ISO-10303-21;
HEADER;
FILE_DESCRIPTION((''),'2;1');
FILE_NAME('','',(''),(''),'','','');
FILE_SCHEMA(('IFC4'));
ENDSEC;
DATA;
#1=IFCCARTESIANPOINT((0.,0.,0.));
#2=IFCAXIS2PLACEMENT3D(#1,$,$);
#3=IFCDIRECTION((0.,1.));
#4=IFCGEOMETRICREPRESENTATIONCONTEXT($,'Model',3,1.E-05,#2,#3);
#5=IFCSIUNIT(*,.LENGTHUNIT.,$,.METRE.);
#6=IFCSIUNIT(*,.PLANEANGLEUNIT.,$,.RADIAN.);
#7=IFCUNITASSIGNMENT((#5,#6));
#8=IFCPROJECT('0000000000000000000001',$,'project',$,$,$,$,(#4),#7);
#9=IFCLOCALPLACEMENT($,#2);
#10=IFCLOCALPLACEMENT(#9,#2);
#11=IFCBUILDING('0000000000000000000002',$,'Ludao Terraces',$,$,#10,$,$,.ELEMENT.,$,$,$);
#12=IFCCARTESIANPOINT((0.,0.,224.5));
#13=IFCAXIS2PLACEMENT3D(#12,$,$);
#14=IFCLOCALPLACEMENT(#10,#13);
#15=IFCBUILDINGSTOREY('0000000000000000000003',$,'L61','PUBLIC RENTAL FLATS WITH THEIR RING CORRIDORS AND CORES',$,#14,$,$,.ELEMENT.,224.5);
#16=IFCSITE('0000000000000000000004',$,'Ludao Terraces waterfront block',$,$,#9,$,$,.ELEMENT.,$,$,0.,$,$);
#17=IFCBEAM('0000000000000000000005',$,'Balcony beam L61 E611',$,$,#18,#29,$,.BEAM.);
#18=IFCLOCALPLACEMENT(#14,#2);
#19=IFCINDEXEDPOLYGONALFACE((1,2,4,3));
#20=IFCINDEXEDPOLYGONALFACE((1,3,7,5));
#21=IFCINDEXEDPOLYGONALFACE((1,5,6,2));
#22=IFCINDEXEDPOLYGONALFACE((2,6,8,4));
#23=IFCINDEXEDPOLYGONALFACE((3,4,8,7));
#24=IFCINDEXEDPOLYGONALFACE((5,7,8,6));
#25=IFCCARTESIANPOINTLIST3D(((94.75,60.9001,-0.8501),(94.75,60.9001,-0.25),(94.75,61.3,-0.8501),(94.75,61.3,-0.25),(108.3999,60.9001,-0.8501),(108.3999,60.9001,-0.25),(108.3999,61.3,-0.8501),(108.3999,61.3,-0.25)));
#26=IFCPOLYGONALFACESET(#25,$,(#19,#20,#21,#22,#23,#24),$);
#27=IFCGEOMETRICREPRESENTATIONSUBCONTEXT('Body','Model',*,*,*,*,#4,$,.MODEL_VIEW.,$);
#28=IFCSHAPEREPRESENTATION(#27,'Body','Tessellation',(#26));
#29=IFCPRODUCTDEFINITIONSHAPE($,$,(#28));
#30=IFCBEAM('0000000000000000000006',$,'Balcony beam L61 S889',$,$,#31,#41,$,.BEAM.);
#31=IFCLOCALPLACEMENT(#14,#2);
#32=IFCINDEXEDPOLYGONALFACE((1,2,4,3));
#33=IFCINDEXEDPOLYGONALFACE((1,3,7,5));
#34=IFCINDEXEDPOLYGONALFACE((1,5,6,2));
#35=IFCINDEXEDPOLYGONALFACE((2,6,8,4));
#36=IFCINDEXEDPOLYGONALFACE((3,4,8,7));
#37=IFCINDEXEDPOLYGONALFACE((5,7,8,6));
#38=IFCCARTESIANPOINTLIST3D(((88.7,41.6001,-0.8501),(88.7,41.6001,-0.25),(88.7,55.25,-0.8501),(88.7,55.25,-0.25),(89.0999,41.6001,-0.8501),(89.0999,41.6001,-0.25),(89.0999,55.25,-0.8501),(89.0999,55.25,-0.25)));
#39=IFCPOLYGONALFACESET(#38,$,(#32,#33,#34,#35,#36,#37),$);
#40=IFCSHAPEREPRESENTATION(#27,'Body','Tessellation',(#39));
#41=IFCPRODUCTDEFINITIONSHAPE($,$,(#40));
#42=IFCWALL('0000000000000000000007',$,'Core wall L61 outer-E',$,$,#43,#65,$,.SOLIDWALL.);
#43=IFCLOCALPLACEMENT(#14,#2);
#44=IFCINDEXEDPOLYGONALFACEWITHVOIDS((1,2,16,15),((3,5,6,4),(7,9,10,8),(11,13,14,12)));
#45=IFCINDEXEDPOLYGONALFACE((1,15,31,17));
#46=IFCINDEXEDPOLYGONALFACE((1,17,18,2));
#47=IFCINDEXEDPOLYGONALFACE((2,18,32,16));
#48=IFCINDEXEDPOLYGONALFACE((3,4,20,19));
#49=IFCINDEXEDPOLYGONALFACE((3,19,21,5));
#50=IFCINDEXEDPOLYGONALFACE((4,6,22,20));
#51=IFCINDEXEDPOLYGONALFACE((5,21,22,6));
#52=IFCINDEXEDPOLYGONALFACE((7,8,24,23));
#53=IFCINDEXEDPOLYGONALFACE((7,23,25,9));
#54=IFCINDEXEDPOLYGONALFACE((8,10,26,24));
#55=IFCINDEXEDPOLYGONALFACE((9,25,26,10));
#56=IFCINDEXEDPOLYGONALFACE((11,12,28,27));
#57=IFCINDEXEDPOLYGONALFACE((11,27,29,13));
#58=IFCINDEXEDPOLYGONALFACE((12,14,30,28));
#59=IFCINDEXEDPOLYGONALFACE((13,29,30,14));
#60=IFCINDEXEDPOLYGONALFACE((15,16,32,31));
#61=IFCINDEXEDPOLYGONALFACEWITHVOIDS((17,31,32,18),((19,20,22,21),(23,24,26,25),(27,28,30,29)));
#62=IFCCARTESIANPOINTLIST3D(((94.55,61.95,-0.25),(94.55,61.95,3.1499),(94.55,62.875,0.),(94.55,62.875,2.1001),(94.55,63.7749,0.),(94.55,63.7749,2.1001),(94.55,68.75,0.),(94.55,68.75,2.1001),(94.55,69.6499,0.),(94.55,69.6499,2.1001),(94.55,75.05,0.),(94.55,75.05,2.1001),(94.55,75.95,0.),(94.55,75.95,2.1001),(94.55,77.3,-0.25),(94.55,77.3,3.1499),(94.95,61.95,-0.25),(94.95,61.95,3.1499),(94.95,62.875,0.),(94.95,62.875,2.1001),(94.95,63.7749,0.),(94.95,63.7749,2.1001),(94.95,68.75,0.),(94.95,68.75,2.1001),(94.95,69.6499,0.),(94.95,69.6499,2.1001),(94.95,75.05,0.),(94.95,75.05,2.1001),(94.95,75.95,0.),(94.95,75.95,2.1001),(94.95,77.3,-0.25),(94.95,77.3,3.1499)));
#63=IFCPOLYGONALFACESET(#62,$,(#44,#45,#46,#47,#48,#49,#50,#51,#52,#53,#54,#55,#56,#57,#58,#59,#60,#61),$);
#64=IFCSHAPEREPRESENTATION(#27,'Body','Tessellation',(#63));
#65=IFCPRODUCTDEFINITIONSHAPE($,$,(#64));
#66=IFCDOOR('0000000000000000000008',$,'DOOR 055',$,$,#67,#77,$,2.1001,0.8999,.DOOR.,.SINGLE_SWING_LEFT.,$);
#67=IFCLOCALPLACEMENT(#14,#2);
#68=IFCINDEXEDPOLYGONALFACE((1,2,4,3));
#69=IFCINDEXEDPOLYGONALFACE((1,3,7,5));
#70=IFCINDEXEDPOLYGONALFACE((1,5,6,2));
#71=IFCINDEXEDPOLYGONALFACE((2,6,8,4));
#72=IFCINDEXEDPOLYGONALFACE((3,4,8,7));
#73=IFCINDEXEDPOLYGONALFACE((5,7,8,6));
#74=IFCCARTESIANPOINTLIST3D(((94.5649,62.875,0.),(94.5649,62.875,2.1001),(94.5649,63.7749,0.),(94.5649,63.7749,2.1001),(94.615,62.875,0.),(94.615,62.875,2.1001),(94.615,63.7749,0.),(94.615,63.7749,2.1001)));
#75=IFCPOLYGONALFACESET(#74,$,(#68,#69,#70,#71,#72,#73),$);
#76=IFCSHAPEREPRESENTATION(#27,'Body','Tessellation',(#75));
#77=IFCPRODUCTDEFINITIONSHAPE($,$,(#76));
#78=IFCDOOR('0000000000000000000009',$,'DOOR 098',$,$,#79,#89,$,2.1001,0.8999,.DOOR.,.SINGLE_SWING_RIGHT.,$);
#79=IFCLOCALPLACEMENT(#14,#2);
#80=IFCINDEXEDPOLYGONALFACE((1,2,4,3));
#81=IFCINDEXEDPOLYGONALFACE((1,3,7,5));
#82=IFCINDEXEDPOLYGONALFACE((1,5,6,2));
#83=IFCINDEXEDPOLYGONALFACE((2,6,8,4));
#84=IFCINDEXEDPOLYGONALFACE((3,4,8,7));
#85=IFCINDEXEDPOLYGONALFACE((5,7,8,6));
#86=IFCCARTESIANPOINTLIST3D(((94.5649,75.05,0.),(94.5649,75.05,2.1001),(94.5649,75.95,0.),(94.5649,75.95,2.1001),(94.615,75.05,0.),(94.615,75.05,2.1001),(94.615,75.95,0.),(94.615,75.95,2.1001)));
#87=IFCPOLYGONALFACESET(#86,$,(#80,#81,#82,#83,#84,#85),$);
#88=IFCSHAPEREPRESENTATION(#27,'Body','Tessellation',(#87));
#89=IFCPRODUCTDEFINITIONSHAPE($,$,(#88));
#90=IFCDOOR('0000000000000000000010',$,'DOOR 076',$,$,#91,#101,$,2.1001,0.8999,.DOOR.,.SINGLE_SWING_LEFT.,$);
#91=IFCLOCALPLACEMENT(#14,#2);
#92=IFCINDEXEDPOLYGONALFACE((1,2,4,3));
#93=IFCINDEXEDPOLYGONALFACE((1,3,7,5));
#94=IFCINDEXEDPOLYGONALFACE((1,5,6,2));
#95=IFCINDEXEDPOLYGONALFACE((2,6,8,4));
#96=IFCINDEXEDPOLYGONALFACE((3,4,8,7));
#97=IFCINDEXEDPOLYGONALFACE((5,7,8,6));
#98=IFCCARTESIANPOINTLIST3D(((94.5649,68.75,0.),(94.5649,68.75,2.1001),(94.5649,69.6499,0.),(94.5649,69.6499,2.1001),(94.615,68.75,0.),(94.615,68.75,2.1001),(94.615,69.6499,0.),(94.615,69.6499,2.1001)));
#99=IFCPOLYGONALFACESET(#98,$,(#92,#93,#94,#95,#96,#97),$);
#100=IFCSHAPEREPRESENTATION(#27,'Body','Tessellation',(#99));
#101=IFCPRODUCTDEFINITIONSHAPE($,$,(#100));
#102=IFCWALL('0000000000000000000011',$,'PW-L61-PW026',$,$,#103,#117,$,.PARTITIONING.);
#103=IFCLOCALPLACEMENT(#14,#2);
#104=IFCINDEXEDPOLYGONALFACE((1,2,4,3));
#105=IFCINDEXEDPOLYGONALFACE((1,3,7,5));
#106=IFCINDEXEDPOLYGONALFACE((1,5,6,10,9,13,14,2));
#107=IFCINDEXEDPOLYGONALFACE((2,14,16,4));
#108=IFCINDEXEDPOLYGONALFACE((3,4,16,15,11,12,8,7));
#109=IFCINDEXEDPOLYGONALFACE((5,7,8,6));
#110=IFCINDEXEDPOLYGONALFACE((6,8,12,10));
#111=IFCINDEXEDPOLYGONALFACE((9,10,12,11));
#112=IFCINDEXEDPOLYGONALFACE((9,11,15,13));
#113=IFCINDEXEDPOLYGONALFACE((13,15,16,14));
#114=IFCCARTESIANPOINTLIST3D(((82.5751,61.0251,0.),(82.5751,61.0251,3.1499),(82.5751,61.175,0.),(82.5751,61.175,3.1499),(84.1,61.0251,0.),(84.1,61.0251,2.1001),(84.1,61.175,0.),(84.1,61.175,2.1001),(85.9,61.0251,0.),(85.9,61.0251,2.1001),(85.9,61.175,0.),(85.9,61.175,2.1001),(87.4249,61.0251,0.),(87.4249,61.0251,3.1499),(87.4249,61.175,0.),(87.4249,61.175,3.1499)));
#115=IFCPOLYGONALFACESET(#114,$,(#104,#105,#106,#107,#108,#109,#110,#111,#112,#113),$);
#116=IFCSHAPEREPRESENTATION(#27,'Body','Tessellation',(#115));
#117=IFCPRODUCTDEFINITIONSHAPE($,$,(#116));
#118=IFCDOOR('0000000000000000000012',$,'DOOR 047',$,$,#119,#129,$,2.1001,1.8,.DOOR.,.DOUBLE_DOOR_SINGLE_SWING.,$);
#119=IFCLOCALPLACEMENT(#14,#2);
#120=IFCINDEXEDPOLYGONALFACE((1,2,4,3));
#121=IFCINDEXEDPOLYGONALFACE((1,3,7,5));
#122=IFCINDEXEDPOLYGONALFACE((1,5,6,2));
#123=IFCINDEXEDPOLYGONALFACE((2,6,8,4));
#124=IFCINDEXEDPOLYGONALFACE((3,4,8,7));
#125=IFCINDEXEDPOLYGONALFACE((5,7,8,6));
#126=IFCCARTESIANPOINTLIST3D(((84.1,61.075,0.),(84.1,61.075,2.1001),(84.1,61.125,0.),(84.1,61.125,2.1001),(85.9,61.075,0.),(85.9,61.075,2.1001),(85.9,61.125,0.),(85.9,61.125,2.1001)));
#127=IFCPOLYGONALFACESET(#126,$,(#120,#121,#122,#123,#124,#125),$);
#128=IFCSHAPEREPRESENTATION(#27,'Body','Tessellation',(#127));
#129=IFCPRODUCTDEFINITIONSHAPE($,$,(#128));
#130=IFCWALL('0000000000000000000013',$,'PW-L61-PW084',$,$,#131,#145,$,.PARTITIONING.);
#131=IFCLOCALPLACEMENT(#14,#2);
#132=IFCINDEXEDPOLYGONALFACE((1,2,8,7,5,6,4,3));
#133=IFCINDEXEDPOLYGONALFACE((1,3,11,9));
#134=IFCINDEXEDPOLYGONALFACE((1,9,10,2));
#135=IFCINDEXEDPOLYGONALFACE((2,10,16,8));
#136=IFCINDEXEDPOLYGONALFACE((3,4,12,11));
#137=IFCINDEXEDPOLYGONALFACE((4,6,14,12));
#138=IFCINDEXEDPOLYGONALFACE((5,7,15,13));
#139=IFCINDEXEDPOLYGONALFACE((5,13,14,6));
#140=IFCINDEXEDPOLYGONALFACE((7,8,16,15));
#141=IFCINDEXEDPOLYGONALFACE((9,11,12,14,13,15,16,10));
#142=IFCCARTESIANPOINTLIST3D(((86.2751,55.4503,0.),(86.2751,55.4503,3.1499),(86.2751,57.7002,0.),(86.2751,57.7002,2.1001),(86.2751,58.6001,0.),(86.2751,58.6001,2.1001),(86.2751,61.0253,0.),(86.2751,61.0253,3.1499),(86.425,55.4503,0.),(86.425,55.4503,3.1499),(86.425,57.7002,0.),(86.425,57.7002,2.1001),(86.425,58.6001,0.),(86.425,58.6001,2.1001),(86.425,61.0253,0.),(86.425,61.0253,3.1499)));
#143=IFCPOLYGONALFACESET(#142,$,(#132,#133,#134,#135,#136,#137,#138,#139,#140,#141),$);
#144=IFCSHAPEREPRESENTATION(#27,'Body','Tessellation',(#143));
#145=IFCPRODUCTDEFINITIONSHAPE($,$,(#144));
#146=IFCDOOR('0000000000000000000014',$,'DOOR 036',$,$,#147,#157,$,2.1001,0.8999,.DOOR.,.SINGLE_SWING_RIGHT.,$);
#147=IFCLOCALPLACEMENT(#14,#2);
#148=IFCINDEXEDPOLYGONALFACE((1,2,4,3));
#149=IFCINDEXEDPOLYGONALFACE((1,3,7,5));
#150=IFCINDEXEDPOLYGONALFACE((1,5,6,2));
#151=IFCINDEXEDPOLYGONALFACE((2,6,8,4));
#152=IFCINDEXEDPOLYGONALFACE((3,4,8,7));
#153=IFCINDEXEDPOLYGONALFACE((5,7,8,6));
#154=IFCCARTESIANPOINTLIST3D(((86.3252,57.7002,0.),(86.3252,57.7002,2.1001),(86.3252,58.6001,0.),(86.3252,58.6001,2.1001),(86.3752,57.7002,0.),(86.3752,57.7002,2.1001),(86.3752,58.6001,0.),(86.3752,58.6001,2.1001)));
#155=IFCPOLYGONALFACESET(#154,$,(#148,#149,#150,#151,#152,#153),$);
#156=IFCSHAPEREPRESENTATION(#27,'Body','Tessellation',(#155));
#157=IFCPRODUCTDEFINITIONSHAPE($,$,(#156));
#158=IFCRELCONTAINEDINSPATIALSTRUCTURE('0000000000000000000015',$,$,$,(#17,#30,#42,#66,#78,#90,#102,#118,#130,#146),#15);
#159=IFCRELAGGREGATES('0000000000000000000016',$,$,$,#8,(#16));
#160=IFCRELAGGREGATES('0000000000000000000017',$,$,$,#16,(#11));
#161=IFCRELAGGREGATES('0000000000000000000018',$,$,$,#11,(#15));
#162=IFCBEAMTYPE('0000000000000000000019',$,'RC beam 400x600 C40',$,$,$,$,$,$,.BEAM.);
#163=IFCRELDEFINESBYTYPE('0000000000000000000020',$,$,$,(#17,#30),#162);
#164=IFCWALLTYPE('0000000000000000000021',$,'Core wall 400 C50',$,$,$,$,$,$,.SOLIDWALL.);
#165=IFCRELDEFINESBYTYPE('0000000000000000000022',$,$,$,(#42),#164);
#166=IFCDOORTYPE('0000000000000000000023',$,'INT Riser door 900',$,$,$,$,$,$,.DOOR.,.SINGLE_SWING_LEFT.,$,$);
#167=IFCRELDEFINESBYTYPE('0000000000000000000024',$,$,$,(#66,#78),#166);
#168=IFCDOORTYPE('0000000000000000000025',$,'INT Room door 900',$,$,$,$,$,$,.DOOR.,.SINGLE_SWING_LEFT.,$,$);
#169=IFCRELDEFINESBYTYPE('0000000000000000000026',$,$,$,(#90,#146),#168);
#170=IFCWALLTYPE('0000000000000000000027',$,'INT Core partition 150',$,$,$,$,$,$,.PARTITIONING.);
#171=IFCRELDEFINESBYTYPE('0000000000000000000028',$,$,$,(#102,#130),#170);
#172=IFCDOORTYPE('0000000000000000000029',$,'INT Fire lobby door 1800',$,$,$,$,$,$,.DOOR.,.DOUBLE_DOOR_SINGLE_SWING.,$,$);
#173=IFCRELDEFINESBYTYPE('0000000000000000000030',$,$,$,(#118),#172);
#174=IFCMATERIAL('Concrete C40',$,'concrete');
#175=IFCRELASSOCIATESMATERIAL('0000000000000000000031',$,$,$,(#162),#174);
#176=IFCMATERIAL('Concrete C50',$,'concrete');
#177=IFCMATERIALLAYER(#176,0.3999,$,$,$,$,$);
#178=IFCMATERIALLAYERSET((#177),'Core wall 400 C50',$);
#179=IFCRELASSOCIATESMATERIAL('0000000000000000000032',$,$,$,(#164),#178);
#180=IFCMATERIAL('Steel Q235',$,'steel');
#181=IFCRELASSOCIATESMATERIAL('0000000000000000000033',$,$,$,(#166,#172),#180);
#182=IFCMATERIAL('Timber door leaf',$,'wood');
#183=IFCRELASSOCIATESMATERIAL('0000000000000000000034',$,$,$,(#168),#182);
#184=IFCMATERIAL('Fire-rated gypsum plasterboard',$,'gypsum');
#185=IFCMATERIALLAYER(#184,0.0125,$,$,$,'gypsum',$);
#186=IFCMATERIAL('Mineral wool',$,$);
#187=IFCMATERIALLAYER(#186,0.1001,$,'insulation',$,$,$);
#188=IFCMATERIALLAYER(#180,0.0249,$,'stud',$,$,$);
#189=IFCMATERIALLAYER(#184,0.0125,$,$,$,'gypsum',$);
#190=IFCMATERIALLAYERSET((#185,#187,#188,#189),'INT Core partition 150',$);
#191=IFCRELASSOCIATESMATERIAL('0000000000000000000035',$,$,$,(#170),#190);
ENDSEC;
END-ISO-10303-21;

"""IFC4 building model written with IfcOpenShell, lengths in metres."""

from ifc_helpers import new_model, si_unit, direction, frame, frame_2d, origin, origin_2d, place, context, subcontext, project, spatial, rectangle, extrude, material, layer, layer_set, material_profile, profile_set, type_object, element, fill, save


model = new_model("IFC4")

# Units and contexts
model_context = context("Model", 3, precision=1e-05, world=origin(), true_north=direction((0.0, 1.0)))
body_context = subcontext(model_context, "Body", "Model", "MODEL_VIEW")
ifc_project = project(units=[si_unit("LENGTHUNIT", "METRE"), si_unit("PLANEANGLEUNIT", "RADIAN")], contexts=[model_context])

# Site, building, storey
site_placement = place(None, origin())
site = spatial("IfcSite", under=ifc_project, at=site_placement, Name="Ludao Terraces waterfront block", CompositionType="ELEMENT", RefElevation=0.0)
building_placement = place(site_placement, origin())
building = spatial("IfcBuilding", under=site, at=building_placement, Name="Ludao Terraces", CompositionType="ELEMENT")
storey_placement = place(building_placement, frame((0.0, 0.0, 224.5)))
storey = spatial("IfcBuildingStorey", under=building, at=storey_placement, Name="L61", Description="PUBLIC RENTAL FLATS WITH THEIR RING CORRIDORS AND CORES", CompositionType="ELEMENT", Elevation=224.5)

# Beams
ifc_material_1 = material(Name="Concrete C40", Category="concrete")
ifc_material_profile = material_profile(ifc_material_1, rectangle(XDim=0.3999, YDim=0.6001, at=origin_2d()), Name="400 X 600")
ifc_profile_set = profile_set([ifc_material_profile], Name="Concrete C40")
beam_type = type_object("IfcBeamType", Name="RC beam 400x600 C40", PredefinedType="BEAM", material=ifc_profile_set)
for number, where, z_axis, x_axis, name in (
    (1, (94.75, 61.1001, -0.55), (1.0, 0.0, 0.0), (0.0, 1.0, 0.0), "Balcony beam L61 E611"),
    (2, (88.8999, 55.25, -0.55), (0.0, -1.0, 0.0), (1.0, 0.0, 0.0), "Balcony beam L61 S889"),
):
    element("IfcBeam", number, at=place(storey_placement, frame(where, z_axis=z_axis, x_axis=x_axis)), inside=storey, type_object=beam_type, Name=name, PredefinedType="BEAM", context=body_context, shape_type="SweptSolid", body=[
        extrude(rectangle(XDim=0.3999, YDim=0.6001, at=origin_2d()), origin(), (0.0, 0.0, 1.0), 13.6499),
    ])

# Wall, openings, doors
ifc_material_2 = material(Name="Concrete C50", Category="concrete")
ifc_layer_1 = layer(ifc_material_2, 0.3999)
ifc_layer_set_1 = layer_set([ifc_layer_1], Name="Core wall 400 C50")
wall_type_1 = type_object("IfcWallType", Name="Core wall 400 C50", PredefinedType="SOLIDWALL", material=ifc_layer_set_1)
wall_1_placement = place(storey_placement, frame((94.75, 61.95, -0.25), z_axis=(0.0, 0.0, 1.0), x_axis=(0.0, 1.0, 0.0)))
wall_1 = element("IfcWall", 3, at=wall_1_placement, inside=storey, type_object=wall_type_1, Name="Core wall L61 outer-E", PredefinedType="SOLIDWALL", context=body_context, shape_type="SweptSolid", body=[
    extrude(rectangle(XDim=15.3501, YDim=0.3999, at=frame_2d((7.675, 0.0))), origin(), (0.0, 0.0, 1.0), 3.3999),
])
opening_1_placement = place(wall_1_placement, frame((0.925, 0.0, 0.25)))
opening_1 = element("IfcOpeningElement", 4, at=opening_1_placement, cuts=wall_1, PredefinedType="OPENING", context=body_context, shape_type="SweptSolid", body=[
    extrude(rectangle(XDim=0.8999, YDim=2.1001, at=frame_2d((0.45, 1.05))), frame((0.0, 0.21, 0.0), z_axis=(0.0, -1.0, 0.0), x_axis=(1.0, 0.0, 0.0)), (0.0, 0.0, 1.0), 0.4199),
])
opening_2_placement = place(wall_1_placement, frame((6.8, 0.0, 0.25)))
opening_2 = element("IfcOpeningElement", 5, at=opening_2_placement, cuts=wall_1, PredefinedType="OPENING", context=body_context, shape_type="SweptSolid", body=[
    extrude(rectangle(XDim=0.8999, YDim=2.1001, at=frame_2d((0.45, 1.05))), frame((0.0, 0.21, 0.0), z_axis=(0.0, -1.0, 0.0), x_axis=(1.0, 0.0, 0.0)), (0.0, 0.0, 1.0), 0.4199),
])
opening_3_placement = place(wall_1_placement, frame((13.1001, 0.0, 0.25)))
opening_3 = element("IfcOpeningElement", 6, at=opening_3_placement, cuts=wall_1, PredefinedType="OPENING", context=body_context, shape_type="SweptSolid", body=[
    extrude(rectangle(XDim=0.8999, YDim=2.1001, at=frame_2d((0.45, 1.05))), frame((0.0, 0.21, 0.0), z_axis=(0.0, -1.0, 0.0), x_axis=(1.0, 0.0, 0.0)), (0.0, 0.0, 1.0), 0.4199),
])
ifc_material_3 = material(Name="Steel Q235", Category="steel")
door_type_1 = type_object("IfcDoorType", Name="INT Riser door 900", OperationType="SINGLE_SWING_LEFT", PredefinedType="DOOR", material=ifc_material_3)
door_1_placement = place(opening_1_placement, origin())
door_1 = element("IfcDoor", 7, at=door_1_placement, inside=storey, type_object=door_type_1, Name="DOOR 055", OperationType="SINGLE_SWING_LEFT", OverallHeight=2.1001, OverallWidth=0.8999, PredefinedType="DOOR", context=body_context, shape_type="SweptSolid", body=[
    extrude(rectangle(XDim=0.8999, YDim=2.1001, at=frame_2d((0.45, 1.05))), frame((0.0, 0.1851, 0.0), z_axis=(0.0, -1.0, 0.0), x_axis=(1.0, 0.0, 0.0)), (0.0, 0.0, 1.0), 0.05),
])
fill(opening_1, door_1)
door_2_placement = place(opening_3_placement, origin())
door_2 = element("IfcDoor", 8, at=door_2_placement, inside=storey, type_object=door_type_1, Name="DOOR 098", OperationType="SINGLE_SWING_RIGHT", OverallHeight=2.1001, OverallWidth=0.8999, PredefinedType="DOOR", context=body_context, shape_type="SweptSolid", body=[
    extrude(rectangle(XDim=0.8999, YDim=2.1001, at=frame_2d((0.45, 1.05))), frame((0.0, 0.1851, 0.0), z_axis=(0.0, -1.0, 0.0), x_axis=(1.0, 0.0, 0.0)), (0.0, 0.0, 1.0), 0.05),
])
fill(opening_3, door_2)
ifc_material_4 = material(Name="Timber door leaf", Category="wood")
door_type_2 = type_object("IfcDoorType", Name="INT Room door 900", OperationType="SINGLE_SWING_LEFT", PredefinedType="DOOR", material=ifc_material_4)
door_3_placement = place(opening_2_placement, origin())
door_3 = element("IfcDoor", 9, at=door_3_placement, inside=storey, type_object=door_type_2, Name="DOOR 076", OperationType="SINGLE_SWING_LEFT", OverallHeight=2.1001, OverallWidth=0.8999, PredefinedType="DOOR", context=body_context, shape_type="SweptSolid", body=[
    extrude(rectangle(XDim=0.8999, YDim=2.1001, at=frame_2d((0.45, 1.05))), frame((0.0, 0.1851, 0.0), z_axis=(0.0, -1.0, 0.0), x_axis=(1.0, 0.0, 0.0)), (0.0, 0.0, 1.0), 0.05),
])
fill(opening_2, door_3)

# Walls, openings, doors
ifc_material_5 = material(Name="Fire-rated gypsum plasterboard", Category="gypsum")
ifc_layer_2 = layer(ifc_material_5, 0.0125, Category="gypsum")
ifc_material_6 = material(Name="Mineral wool")
ifc_layer_3 = layer(ifc_material_6, 0.1001, Name="insulation")
ifc_layer_4 = layer(ifc_material_3, 0.0249, Name="stud")
ifc_layer_5 = layer(ifc_material_5, 0.0125, Category="gypsum")
ifc_layer_set_2 = layer_set([ifc_layer_2, ifc_layer_3, ifc_layer_4, ifc_layer_5], Name="INT Core partition 150")
wall_type_2 = type_object("IfcWallType", Name="INT Core partition 150", PredefinedType="PARTITIONING", material=ifc_layer_set_2)
wall_2_placement = place(storey_placement, frame((82.5752, 61.1001, 0.0), z_axis=(0.0, 0.0, 1.0), x_axis=(1.0, 0.0, 0.0)))
wall_2 = element("IfcWall", 10, at=wall_2_placement, inside=storey, type_object=wall_type_2, Name="PW-L61-PW026", PredefinedType="PARTITIONING", context=body_context, shape_type="SweptSolid", body=[
    extrude(rectangle(XDim=4.8499, YDim=0.1499, at=frame_2d((2.4248, 0.0))), origin(), (0.0, 0.0, 1.0), 3.1499),
])
opening_4_placement = place(wall_2_placement, frame((1.5249, 0.0, 0.0)))
opening_4 = element("IfcOpeningElement", 11, at=opening_4_placement, cuts=wall_2, PredefinedType="OPENING", context=body_context, shape_type="SweptSolid", body=[
    extrude(rectangle(XDim=1.8, YDim=2.1001, at=frame_2d((0.8999, 1.05))), frame((0.0, 0.085, 0.0), z_axis=(0.0, -1.0, 0.0), x_axis=(1.0, 0.0, 0.0)), (0.0, 0.0, 1.0), 0.1699),
])
door_type_3 = type_object("IfcDoorType", Name="INT Fire lobby door 1800", OperationType="DOUBLE_DOOR_SINGLE_SWING", PredefinedType="DOOR", material=ifc_material_3)
door_4_placement = place(opening_4_placement, origin())
door_4 = element("IfcDoor", 12, at=door_4_placement, inside=storey, type_object=door_type_3, Name="DOOR 047", OperationType="DOUBLE_DOOR_SINGLE_SWING", OverallHeight=2.1001, OverallWidth=1.8, PredefinedType="DOOR", context=body_context, shape_type="SweptSolid", body=[
    extrude(rectangle(XDim=1.8, YDim=2.1001, at=frame_2d((0.8999, 1.05))), frame((0.0, 0.0249, 0.0), z_axis=(0.0, -1.0, 0.0), x_axis=(1.0, 0.0, 0.0)), (0.0, 0.0, 1.0), 0.05),
])
fill(opening_4, door_4)
wall_3_placement = place(storey_placement, frame((86.3501, 55.4502, 0.0), z_axis=(0.0, 0.0, 1.0), x_axis=(0.0, 1.0, 0.0)))
wall_3 = element("IfcWall", 13, at=wall_3_placement, inside=storey, type_object=wall_type_2, Name="PW-L61-PW084", PredefinedType="PARTITIONING", context=body_context, shape_type="SweptSolid", body=[
    extrude(rectangle(XDim=5.575, YDim=0.1499, at=frame_2d((2.7876, 0.0))), origin(), (0.0, 0.0, 1.0), 3.1499),
])
opening_5_placement = place(wall_3_placement, frame((2.25, 0.0, 0.0)))
opening_5 = element("IfcOpeningElement", 14, at=opening_5_placement, cuts=wall_3, PredefinedType="OPENING", context=body_context, shape_type="SweptSolid", body=[
    extrude(rectangle(XDim=0.8999, YDim=2.1001, at=frame_2d((0.45, 1.05))), frame((0.0, 0.085, 0.0), z_axis=(0.0, -1.0, 0.0), x_axis=(1.0, 0.0, 0.0)), (0.0, 0.0, 1.0), 0.1699),
])
door_5_placement = place(opening_5_placement, origin())
door_5 = element("IfcDoor", 15, at=door_5_placement, inside=storey, type_object=door_type_2, Name="DOOR 036", OperationType="SINGLE_SWING_RIGHT", OverallHeight=2.1001, OverallWidth=0.8999, PredefinedType="DOOR", context=body_context, shape_type="SweptSolid", body=[
    extrude(rectangle(XDim=0.8999, YDim=2.1001, at=frame_2d((0.45, 1.05))), frame((0.0, 0.0249, 0.0), z_axis=(0.0, -1.0, 0.0), x_axis=(1.0, 0.0, 0.0)), (0.0, 0.0, 1.0), 0.05),
])
fill(opening_5, door_5)

save(model, "model.ifc")
